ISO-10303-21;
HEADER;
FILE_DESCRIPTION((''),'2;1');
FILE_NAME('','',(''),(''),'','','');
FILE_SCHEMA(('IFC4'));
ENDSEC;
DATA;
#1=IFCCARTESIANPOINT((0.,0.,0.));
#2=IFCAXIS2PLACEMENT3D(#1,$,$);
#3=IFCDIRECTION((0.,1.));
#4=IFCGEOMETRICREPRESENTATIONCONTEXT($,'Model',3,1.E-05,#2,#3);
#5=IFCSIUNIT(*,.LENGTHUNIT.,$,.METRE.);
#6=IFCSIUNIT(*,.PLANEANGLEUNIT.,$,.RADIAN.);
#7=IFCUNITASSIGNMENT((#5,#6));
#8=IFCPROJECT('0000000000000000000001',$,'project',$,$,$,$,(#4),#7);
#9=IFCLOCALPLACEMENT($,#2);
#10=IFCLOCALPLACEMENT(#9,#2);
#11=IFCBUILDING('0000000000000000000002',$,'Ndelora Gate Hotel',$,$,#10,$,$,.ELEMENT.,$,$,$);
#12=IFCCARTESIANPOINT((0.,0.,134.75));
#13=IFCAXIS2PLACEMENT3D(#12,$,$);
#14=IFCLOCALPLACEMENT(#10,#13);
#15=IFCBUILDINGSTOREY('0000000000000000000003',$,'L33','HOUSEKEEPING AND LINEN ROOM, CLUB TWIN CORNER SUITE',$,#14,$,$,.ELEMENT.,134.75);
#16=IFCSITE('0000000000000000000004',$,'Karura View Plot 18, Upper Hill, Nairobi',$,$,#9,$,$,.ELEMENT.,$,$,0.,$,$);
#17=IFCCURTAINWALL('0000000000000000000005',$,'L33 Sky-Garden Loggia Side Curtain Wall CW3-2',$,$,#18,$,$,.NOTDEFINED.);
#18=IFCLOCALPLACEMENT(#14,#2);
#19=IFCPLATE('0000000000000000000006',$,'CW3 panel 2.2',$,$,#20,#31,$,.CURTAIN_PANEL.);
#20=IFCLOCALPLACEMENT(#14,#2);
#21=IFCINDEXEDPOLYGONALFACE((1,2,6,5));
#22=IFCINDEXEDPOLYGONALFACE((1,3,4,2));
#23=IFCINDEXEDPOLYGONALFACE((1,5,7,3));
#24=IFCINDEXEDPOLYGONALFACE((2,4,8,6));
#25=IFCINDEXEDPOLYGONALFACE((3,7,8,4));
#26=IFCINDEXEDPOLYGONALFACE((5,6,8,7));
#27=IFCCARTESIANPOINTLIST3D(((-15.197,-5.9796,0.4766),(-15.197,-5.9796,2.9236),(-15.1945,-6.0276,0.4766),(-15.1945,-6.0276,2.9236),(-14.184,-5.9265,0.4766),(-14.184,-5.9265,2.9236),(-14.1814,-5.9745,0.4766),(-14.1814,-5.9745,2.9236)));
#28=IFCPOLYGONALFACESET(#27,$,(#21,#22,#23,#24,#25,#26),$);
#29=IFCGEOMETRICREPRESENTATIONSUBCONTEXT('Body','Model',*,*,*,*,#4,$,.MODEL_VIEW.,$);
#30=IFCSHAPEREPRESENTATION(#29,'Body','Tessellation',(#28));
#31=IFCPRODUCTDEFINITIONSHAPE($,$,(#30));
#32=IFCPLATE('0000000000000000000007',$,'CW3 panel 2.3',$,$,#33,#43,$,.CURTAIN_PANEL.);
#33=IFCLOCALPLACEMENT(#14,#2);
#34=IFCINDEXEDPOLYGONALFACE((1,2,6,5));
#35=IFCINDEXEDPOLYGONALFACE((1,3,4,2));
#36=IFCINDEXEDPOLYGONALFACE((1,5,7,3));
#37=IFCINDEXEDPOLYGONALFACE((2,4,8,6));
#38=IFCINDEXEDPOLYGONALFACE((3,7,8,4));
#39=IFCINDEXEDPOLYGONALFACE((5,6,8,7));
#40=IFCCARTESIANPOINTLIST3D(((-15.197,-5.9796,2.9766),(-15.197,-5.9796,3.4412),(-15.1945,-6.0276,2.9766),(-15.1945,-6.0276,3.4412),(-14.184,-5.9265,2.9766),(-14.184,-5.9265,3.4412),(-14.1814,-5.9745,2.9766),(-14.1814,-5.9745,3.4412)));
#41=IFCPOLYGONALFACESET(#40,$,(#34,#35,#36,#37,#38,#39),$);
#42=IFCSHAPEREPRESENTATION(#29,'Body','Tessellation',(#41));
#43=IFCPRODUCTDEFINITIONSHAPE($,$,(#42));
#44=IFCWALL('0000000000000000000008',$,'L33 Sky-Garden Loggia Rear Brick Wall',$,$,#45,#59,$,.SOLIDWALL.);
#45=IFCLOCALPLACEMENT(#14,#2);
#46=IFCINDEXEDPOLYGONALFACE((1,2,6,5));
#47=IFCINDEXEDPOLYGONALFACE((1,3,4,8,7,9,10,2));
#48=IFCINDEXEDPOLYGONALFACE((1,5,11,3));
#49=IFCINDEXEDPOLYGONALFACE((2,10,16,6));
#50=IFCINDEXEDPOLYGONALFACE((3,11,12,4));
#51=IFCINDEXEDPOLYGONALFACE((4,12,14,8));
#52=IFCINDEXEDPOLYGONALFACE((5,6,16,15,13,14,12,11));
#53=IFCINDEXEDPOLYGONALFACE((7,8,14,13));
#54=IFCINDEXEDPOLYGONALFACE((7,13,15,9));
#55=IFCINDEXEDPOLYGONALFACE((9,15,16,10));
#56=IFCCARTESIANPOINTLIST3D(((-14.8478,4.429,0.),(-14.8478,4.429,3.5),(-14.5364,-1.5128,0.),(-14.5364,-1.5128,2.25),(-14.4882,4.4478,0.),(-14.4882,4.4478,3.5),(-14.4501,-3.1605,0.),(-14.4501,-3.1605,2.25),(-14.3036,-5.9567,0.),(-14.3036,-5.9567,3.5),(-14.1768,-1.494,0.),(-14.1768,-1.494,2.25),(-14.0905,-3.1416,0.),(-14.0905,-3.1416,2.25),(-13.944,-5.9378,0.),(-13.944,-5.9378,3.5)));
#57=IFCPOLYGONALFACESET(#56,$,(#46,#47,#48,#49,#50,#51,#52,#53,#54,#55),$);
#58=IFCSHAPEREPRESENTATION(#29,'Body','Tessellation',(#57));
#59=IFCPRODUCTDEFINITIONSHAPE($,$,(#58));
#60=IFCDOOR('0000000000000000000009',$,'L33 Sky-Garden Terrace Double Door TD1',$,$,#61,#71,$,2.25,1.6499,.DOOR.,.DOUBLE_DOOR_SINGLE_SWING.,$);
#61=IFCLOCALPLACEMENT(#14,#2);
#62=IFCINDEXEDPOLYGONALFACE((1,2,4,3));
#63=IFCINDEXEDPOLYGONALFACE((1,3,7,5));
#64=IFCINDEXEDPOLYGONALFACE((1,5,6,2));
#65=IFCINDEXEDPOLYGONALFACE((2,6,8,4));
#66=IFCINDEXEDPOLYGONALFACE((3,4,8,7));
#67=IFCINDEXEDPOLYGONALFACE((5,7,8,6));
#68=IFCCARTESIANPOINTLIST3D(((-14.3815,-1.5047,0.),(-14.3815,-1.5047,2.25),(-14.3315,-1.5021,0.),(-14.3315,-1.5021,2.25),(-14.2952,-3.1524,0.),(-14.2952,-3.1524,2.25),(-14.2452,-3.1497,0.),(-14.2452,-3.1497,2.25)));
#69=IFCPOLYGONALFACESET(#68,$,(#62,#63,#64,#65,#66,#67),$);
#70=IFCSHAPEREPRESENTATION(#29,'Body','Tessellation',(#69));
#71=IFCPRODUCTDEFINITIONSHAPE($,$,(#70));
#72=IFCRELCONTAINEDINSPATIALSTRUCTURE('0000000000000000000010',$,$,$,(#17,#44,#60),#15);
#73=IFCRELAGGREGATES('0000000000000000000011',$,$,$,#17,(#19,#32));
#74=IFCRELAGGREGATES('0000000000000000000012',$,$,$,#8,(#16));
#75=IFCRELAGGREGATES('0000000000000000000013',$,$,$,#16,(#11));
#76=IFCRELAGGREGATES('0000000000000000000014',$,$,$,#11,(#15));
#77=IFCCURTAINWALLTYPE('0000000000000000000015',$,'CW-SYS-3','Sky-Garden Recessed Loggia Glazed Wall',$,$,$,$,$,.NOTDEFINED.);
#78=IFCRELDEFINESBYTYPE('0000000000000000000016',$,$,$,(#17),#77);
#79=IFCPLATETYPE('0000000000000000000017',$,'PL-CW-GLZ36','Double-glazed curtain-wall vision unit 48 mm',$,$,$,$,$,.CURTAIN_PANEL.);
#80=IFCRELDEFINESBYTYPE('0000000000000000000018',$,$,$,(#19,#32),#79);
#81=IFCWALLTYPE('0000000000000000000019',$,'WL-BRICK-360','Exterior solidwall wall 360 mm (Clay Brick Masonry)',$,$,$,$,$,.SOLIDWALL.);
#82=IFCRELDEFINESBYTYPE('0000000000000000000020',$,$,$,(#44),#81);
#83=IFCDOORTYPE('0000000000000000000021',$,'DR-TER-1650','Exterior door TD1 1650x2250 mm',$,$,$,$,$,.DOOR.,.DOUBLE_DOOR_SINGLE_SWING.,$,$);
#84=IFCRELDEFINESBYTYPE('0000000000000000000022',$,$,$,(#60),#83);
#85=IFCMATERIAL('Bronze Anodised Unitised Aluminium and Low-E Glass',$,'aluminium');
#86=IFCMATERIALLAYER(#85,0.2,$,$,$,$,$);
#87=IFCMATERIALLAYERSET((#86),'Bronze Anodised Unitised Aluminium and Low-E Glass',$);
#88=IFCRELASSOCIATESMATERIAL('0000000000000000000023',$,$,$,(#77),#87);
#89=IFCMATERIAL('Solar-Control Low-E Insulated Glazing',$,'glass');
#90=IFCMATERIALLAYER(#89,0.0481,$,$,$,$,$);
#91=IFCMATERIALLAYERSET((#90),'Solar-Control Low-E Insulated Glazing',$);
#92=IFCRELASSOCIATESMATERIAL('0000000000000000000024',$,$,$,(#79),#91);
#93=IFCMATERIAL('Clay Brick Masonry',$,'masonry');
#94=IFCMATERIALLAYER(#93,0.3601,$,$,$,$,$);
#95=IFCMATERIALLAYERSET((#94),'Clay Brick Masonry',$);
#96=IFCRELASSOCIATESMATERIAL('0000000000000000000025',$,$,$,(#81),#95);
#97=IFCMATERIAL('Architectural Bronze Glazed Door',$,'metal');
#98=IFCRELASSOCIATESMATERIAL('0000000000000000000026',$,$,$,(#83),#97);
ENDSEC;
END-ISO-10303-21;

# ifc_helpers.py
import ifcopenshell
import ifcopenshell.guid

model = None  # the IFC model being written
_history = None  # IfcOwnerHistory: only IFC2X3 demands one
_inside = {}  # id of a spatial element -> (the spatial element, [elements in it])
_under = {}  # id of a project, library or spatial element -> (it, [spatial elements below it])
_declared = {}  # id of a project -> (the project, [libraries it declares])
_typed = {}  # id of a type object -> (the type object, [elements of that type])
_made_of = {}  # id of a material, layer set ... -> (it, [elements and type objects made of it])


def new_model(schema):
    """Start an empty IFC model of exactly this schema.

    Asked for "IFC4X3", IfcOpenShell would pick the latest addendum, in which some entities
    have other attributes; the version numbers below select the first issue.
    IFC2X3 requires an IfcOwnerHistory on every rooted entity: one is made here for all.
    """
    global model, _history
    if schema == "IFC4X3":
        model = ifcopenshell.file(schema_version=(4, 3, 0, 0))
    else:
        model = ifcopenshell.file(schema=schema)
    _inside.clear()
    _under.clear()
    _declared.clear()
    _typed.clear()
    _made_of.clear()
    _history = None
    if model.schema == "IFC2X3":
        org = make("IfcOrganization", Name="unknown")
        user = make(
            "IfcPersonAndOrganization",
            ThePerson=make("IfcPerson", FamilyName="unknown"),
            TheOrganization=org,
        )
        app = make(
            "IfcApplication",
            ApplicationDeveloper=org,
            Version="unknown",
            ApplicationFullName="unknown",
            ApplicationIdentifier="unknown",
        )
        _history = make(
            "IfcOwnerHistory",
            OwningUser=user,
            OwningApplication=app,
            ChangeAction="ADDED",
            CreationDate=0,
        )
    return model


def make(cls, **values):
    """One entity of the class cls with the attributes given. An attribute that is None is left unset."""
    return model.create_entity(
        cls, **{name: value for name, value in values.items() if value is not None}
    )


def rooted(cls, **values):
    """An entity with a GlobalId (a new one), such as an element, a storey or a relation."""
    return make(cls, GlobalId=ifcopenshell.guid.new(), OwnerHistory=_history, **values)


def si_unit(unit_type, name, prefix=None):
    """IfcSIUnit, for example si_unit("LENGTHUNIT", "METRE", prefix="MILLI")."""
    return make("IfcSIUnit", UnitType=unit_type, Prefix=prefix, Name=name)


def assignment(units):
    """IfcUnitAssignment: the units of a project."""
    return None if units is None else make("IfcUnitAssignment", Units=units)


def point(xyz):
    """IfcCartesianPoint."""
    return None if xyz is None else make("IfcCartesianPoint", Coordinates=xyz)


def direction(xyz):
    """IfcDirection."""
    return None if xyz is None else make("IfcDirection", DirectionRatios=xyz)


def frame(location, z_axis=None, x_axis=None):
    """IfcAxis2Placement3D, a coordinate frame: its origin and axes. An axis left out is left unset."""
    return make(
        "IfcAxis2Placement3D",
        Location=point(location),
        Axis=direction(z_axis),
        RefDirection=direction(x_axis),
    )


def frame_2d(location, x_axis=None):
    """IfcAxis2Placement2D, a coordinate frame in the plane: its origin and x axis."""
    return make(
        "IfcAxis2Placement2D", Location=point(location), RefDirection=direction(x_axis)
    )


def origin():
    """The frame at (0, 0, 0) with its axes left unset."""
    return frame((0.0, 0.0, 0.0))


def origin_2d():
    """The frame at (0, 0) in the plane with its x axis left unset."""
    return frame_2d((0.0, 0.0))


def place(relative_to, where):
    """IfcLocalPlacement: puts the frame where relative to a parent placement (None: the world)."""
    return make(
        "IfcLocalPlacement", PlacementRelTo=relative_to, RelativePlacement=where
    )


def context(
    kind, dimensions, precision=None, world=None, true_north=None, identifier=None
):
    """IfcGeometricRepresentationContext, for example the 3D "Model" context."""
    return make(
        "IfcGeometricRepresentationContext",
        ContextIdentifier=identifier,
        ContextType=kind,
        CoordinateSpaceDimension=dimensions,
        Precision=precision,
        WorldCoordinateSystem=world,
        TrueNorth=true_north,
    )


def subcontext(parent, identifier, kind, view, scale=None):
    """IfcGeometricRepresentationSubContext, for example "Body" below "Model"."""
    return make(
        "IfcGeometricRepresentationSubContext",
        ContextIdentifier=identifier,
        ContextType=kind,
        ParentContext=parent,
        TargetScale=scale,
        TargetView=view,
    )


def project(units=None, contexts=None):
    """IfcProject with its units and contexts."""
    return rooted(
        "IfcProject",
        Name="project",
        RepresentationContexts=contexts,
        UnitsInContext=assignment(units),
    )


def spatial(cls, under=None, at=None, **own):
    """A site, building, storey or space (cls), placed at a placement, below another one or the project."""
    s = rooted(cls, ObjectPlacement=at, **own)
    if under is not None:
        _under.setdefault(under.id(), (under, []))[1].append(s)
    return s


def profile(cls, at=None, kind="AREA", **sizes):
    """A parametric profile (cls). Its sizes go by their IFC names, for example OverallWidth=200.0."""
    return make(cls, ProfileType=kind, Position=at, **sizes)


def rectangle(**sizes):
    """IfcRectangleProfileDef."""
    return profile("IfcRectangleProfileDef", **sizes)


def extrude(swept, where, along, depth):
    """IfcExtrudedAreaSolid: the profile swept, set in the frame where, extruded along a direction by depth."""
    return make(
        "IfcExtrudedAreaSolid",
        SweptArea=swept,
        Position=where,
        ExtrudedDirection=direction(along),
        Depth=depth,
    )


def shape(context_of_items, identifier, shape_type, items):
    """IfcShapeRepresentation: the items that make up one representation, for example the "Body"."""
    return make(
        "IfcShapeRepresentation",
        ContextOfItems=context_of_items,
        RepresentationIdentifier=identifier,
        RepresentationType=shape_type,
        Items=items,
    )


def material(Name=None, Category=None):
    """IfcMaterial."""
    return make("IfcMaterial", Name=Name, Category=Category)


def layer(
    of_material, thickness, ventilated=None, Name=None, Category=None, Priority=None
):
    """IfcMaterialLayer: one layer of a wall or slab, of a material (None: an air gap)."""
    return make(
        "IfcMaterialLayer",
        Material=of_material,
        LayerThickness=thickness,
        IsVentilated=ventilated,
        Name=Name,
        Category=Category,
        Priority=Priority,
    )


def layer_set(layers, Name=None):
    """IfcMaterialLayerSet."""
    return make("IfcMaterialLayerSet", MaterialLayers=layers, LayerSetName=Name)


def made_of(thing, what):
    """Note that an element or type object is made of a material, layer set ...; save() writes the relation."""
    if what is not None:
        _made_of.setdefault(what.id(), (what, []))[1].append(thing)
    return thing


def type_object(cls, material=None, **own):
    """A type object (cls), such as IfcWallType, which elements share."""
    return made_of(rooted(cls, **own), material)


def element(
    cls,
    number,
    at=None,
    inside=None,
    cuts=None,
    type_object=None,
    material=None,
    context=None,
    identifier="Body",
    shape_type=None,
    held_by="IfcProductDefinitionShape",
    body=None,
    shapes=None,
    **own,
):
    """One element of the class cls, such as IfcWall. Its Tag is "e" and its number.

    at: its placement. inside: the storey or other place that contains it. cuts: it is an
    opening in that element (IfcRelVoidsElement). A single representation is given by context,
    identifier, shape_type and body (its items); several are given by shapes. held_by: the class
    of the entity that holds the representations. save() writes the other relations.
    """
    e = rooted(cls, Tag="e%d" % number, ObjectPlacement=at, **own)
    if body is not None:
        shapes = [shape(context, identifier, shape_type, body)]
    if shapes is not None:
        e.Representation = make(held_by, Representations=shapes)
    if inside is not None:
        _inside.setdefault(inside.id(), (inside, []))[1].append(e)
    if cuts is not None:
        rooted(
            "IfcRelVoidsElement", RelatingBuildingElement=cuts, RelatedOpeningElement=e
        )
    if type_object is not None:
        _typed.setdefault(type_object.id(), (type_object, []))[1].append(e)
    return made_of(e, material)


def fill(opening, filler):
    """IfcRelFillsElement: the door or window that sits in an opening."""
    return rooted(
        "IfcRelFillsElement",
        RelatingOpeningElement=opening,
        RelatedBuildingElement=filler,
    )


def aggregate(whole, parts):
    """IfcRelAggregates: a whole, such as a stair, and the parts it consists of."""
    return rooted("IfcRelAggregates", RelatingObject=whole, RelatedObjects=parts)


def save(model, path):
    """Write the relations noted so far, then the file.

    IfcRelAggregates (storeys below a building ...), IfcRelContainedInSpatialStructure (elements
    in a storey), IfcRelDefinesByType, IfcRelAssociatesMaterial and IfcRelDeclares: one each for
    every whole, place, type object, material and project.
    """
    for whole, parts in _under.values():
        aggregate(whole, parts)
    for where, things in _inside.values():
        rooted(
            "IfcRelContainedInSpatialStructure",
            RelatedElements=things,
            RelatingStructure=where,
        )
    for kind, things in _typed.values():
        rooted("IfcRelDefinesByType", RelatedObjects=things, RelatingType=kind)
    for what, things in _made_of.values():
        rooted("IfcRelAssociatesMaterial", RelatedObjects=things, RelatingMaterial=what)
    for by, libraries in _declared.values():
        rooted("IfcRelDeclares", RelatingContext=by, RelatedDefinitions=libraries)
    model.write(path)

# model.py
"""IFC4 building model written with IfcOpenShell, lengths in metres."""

from ifc_helpers import new_model, si_unit, direction, frame, frame_2d, origin, origin_2d, place, context, subcontext, project, spatial, rectangle, extrude, material, layer, layer_set, type_object, element, fill, aggregate, save


model = new_model("IFC4")

# Units and contexts
model_context = context("Model", 3, precision=1e-05, world=origin(), true_north=direction((0.0, 1.0)))
body_context = subcontext(model_context, "Body", "Model", "MODEL_VIEW")
ifc_project = project(units=[si_unit("LENGTHUNIT", "METRE"), si_unit("PLANEANGLEUNIT", "RADIAN")], contexts=[model_context])

# Site, building, storey
site_placement = place(None, origin())
site = spatial("IfcSite", under=ifc_project, at=site_placement, Name="Karura View Plot 18, Upper Hill, Nairobi", CompositionType="ELEMENT", RefElevation=0.0)
building_placement = place(site_placement, origin())
building = spatial("IfcBuilding", under=site, at=building_placement, Name="Ndelora Gate Hotel", CompositionType="ELEMENT")
storey_placement = place(building_placement, frame((0.0, 0.0, 134.75)))
storey = spatial("IfcBuildingStorey", under=building, at=storey_placement, Name="L33", Description="HOUSEKEEPING AND LINEN ROOM, CLUB TWIN CORNER SUITE", CompositionType="ELEMENT", Elevation=134.75)

# Curtain wall, plates
ifc_material_1 = material(Name="Bronze Anodised Unitised Aluminium and Low-E Glass", Category="aluminium")
ifc_layer_1 = layer(ifc_material_1, 0.2)
ifc_layer_set_1 = layer_set([ifc_layer_1], Name="Bronze Anodised Unitised Aluminium and Low-E Glass")
curtain_wall_type = type_object("IfcCurtainWallType", Name="CW-SYS-3", Description="Sky-Garden Recessed Loggia Glazed Wall", PredefinedType="NOTDEFINED", material=ifc_layer_set_1)
curtain_wall_placement = place(storey_placement, origin())
curtain_wall = element("IfcCurtainWall", 1, at=curtain_wall_placement, inside=storey, type_object=curtain_wall_type, Name="L33 Sky-Garden Loggia Side Curtain Wall CW3-2", PredefinedType="NOTDEFINED")
ifc_material_2 = material(Name="Solar-Control Low-E Insulated Glazing", Category="glass")
ifc_layer_2 = layer(ifc_material_2, 0.0481)
ifc_layer_set_2 = layer_set([ifc_layer_2], Name="Solar-Control Low-E Insulated Glazing")
plate_type = type_object("IfcPlateType", Name="PL-CW-GLZ36", Description="Double-glazed curtain-wall vision unit 48 mm", PredefinedType="CURTAIN_PANEL", material=ifc_layer_set_2)
plate_1_placement = place(storey_placement, frame((-14.6892, -5.9771, 0.4766), z_axis=(0.0, 0.0, 1.0), x_axis=(0.998628, 0.052363, 0.0)))
plate_1 = element("IfcPlate", 2, at=plate_1_placement, type_object=plate_type, Name="CW3 panel 2.2", PredefinedType="CURTAIN_PANEL", context=body_context, shape_type="SweptSolid", body=[
    extrude(rectangle(XDim=1.0144, YDim=0.0481, at=origin_2d()), origin(), (0.0, 0.0, 1.0), 2.447),
])
plate_2_placement = place(storey_placement, frame((-14.6892, -5.9771, 2.9766), z_axis=(0.0, 0.0, 1.0), x_axis=(0.998628, 0.052363, 0.0)))
plate_2 = element("IfcPlate", 3, at=plate_2_placement, type_object=plate_type, Name="CW3 panel 2.3", PredefinedType="CURTAIN_PANEL", context=body_context, shape_type="SweptSolid", body=[
    extrude(rectangle(XDim=1.0144, YDim=0.0481, at=origin_2d()), origin(), (0.0, 0.0, 1.0), 0.4646),
])
aggregate(curtain_wall, [plate_1, plate_2])

# Wall, opening, door
ifc_material_3 = material(Name="Clay Brick Masonry", Category="masonry")
ifc_layer_3 = layer(ifc_material_3, 0.3601)
ifc_layer_set_3 = layer_set([ifc_layer_3], Name="Clay Brick Masonry")
wall_type = type_object("IfcWallType", Name="WL-BRICK-360", Description="Exterior solidwall wall 360 mm (Clay Brick Masonry)", PredefinedType="SOLIDWALL", material=ifc_layer_set_3)
wall_placement = place(storey_placement, frame((-14.1238, -5.9473, 0.0), z_axis=(0.0, 0.0, 1.0), x_axis=(-0.052326, 0.99863, 0.0)))
wall = element("IfcWall", 4, at=wall_placement, inside=storey, type_object=wall_type, Name="L33 Sky-Garden Loggia Rear Brick Wall", PredefinedType="SOLIDWALL", context=body_context, shape_type="SweptSolid", body=[
    extrude(rectangle(XDim=10.3999, YDim=0.3601, at=frame_2d((5.2, 0.0))), origin(), (0.0, 0.0, 1.0), 3.5),
])
opening_placement = place(wall_placement, frame((2.8, 0.0, 0.0)))
opening = element("IfcOpeningElement", 5, at=opening_placement, cuts=wall, PredefinedType="OPENING", context=body_context, shape_type="SweptSolid", body=[
    extrude(rectangle(XDim=1.6499, YDim=2.25, at=frame_2d((0.825, 1.125))), frame((0.0, 0.1899, 0.0), z_axis=(0.0, -1.0, 0.0), x_axis=(1.0, 0.0, 0.0)), (0.0, 0.0, 1.0), 0.3801),
])
ifc_material_4 = material(Name="Architectural Bronze Glazed Door", Category="metal")
door_type = type_object("IfcDoorType", Name="DR-TER-1650", Description="Exterior door TD1 1650x2250 mm", OperationType="DOUBLE_DOOR_SINGLE_SWING", PredefinedType="DOOR", material=ifc_material_4)
door_placement = place(opening_placement, origin())
door = element("IfcDoor", 6, at=door_placement, inside=storey, type_object=door_type, Name="L33 Sky-Garden Terrace Double Door TD1", OperationType="DOUBLE_DOOR_SINGLE_SWING", OverallHeight=2.25, OverallWidth=1.6499, PredefinedType="DOOR", context=body_context, shape_type="SweptSolid", body=[
    extrude(rectangle(XDim=1.6499, YDim=2.25, at=frame_2d((0.825, 1.125))), frame((0.0, 0.0249, 0.0), z_axis=(0.0, -1.0, 0.0), x_axis=(1.0, 0.0, 0.0)), (0.0, 0.0, 1.0), 0.05),
])
fill(opening, door)

save(model, "model.ifc")
